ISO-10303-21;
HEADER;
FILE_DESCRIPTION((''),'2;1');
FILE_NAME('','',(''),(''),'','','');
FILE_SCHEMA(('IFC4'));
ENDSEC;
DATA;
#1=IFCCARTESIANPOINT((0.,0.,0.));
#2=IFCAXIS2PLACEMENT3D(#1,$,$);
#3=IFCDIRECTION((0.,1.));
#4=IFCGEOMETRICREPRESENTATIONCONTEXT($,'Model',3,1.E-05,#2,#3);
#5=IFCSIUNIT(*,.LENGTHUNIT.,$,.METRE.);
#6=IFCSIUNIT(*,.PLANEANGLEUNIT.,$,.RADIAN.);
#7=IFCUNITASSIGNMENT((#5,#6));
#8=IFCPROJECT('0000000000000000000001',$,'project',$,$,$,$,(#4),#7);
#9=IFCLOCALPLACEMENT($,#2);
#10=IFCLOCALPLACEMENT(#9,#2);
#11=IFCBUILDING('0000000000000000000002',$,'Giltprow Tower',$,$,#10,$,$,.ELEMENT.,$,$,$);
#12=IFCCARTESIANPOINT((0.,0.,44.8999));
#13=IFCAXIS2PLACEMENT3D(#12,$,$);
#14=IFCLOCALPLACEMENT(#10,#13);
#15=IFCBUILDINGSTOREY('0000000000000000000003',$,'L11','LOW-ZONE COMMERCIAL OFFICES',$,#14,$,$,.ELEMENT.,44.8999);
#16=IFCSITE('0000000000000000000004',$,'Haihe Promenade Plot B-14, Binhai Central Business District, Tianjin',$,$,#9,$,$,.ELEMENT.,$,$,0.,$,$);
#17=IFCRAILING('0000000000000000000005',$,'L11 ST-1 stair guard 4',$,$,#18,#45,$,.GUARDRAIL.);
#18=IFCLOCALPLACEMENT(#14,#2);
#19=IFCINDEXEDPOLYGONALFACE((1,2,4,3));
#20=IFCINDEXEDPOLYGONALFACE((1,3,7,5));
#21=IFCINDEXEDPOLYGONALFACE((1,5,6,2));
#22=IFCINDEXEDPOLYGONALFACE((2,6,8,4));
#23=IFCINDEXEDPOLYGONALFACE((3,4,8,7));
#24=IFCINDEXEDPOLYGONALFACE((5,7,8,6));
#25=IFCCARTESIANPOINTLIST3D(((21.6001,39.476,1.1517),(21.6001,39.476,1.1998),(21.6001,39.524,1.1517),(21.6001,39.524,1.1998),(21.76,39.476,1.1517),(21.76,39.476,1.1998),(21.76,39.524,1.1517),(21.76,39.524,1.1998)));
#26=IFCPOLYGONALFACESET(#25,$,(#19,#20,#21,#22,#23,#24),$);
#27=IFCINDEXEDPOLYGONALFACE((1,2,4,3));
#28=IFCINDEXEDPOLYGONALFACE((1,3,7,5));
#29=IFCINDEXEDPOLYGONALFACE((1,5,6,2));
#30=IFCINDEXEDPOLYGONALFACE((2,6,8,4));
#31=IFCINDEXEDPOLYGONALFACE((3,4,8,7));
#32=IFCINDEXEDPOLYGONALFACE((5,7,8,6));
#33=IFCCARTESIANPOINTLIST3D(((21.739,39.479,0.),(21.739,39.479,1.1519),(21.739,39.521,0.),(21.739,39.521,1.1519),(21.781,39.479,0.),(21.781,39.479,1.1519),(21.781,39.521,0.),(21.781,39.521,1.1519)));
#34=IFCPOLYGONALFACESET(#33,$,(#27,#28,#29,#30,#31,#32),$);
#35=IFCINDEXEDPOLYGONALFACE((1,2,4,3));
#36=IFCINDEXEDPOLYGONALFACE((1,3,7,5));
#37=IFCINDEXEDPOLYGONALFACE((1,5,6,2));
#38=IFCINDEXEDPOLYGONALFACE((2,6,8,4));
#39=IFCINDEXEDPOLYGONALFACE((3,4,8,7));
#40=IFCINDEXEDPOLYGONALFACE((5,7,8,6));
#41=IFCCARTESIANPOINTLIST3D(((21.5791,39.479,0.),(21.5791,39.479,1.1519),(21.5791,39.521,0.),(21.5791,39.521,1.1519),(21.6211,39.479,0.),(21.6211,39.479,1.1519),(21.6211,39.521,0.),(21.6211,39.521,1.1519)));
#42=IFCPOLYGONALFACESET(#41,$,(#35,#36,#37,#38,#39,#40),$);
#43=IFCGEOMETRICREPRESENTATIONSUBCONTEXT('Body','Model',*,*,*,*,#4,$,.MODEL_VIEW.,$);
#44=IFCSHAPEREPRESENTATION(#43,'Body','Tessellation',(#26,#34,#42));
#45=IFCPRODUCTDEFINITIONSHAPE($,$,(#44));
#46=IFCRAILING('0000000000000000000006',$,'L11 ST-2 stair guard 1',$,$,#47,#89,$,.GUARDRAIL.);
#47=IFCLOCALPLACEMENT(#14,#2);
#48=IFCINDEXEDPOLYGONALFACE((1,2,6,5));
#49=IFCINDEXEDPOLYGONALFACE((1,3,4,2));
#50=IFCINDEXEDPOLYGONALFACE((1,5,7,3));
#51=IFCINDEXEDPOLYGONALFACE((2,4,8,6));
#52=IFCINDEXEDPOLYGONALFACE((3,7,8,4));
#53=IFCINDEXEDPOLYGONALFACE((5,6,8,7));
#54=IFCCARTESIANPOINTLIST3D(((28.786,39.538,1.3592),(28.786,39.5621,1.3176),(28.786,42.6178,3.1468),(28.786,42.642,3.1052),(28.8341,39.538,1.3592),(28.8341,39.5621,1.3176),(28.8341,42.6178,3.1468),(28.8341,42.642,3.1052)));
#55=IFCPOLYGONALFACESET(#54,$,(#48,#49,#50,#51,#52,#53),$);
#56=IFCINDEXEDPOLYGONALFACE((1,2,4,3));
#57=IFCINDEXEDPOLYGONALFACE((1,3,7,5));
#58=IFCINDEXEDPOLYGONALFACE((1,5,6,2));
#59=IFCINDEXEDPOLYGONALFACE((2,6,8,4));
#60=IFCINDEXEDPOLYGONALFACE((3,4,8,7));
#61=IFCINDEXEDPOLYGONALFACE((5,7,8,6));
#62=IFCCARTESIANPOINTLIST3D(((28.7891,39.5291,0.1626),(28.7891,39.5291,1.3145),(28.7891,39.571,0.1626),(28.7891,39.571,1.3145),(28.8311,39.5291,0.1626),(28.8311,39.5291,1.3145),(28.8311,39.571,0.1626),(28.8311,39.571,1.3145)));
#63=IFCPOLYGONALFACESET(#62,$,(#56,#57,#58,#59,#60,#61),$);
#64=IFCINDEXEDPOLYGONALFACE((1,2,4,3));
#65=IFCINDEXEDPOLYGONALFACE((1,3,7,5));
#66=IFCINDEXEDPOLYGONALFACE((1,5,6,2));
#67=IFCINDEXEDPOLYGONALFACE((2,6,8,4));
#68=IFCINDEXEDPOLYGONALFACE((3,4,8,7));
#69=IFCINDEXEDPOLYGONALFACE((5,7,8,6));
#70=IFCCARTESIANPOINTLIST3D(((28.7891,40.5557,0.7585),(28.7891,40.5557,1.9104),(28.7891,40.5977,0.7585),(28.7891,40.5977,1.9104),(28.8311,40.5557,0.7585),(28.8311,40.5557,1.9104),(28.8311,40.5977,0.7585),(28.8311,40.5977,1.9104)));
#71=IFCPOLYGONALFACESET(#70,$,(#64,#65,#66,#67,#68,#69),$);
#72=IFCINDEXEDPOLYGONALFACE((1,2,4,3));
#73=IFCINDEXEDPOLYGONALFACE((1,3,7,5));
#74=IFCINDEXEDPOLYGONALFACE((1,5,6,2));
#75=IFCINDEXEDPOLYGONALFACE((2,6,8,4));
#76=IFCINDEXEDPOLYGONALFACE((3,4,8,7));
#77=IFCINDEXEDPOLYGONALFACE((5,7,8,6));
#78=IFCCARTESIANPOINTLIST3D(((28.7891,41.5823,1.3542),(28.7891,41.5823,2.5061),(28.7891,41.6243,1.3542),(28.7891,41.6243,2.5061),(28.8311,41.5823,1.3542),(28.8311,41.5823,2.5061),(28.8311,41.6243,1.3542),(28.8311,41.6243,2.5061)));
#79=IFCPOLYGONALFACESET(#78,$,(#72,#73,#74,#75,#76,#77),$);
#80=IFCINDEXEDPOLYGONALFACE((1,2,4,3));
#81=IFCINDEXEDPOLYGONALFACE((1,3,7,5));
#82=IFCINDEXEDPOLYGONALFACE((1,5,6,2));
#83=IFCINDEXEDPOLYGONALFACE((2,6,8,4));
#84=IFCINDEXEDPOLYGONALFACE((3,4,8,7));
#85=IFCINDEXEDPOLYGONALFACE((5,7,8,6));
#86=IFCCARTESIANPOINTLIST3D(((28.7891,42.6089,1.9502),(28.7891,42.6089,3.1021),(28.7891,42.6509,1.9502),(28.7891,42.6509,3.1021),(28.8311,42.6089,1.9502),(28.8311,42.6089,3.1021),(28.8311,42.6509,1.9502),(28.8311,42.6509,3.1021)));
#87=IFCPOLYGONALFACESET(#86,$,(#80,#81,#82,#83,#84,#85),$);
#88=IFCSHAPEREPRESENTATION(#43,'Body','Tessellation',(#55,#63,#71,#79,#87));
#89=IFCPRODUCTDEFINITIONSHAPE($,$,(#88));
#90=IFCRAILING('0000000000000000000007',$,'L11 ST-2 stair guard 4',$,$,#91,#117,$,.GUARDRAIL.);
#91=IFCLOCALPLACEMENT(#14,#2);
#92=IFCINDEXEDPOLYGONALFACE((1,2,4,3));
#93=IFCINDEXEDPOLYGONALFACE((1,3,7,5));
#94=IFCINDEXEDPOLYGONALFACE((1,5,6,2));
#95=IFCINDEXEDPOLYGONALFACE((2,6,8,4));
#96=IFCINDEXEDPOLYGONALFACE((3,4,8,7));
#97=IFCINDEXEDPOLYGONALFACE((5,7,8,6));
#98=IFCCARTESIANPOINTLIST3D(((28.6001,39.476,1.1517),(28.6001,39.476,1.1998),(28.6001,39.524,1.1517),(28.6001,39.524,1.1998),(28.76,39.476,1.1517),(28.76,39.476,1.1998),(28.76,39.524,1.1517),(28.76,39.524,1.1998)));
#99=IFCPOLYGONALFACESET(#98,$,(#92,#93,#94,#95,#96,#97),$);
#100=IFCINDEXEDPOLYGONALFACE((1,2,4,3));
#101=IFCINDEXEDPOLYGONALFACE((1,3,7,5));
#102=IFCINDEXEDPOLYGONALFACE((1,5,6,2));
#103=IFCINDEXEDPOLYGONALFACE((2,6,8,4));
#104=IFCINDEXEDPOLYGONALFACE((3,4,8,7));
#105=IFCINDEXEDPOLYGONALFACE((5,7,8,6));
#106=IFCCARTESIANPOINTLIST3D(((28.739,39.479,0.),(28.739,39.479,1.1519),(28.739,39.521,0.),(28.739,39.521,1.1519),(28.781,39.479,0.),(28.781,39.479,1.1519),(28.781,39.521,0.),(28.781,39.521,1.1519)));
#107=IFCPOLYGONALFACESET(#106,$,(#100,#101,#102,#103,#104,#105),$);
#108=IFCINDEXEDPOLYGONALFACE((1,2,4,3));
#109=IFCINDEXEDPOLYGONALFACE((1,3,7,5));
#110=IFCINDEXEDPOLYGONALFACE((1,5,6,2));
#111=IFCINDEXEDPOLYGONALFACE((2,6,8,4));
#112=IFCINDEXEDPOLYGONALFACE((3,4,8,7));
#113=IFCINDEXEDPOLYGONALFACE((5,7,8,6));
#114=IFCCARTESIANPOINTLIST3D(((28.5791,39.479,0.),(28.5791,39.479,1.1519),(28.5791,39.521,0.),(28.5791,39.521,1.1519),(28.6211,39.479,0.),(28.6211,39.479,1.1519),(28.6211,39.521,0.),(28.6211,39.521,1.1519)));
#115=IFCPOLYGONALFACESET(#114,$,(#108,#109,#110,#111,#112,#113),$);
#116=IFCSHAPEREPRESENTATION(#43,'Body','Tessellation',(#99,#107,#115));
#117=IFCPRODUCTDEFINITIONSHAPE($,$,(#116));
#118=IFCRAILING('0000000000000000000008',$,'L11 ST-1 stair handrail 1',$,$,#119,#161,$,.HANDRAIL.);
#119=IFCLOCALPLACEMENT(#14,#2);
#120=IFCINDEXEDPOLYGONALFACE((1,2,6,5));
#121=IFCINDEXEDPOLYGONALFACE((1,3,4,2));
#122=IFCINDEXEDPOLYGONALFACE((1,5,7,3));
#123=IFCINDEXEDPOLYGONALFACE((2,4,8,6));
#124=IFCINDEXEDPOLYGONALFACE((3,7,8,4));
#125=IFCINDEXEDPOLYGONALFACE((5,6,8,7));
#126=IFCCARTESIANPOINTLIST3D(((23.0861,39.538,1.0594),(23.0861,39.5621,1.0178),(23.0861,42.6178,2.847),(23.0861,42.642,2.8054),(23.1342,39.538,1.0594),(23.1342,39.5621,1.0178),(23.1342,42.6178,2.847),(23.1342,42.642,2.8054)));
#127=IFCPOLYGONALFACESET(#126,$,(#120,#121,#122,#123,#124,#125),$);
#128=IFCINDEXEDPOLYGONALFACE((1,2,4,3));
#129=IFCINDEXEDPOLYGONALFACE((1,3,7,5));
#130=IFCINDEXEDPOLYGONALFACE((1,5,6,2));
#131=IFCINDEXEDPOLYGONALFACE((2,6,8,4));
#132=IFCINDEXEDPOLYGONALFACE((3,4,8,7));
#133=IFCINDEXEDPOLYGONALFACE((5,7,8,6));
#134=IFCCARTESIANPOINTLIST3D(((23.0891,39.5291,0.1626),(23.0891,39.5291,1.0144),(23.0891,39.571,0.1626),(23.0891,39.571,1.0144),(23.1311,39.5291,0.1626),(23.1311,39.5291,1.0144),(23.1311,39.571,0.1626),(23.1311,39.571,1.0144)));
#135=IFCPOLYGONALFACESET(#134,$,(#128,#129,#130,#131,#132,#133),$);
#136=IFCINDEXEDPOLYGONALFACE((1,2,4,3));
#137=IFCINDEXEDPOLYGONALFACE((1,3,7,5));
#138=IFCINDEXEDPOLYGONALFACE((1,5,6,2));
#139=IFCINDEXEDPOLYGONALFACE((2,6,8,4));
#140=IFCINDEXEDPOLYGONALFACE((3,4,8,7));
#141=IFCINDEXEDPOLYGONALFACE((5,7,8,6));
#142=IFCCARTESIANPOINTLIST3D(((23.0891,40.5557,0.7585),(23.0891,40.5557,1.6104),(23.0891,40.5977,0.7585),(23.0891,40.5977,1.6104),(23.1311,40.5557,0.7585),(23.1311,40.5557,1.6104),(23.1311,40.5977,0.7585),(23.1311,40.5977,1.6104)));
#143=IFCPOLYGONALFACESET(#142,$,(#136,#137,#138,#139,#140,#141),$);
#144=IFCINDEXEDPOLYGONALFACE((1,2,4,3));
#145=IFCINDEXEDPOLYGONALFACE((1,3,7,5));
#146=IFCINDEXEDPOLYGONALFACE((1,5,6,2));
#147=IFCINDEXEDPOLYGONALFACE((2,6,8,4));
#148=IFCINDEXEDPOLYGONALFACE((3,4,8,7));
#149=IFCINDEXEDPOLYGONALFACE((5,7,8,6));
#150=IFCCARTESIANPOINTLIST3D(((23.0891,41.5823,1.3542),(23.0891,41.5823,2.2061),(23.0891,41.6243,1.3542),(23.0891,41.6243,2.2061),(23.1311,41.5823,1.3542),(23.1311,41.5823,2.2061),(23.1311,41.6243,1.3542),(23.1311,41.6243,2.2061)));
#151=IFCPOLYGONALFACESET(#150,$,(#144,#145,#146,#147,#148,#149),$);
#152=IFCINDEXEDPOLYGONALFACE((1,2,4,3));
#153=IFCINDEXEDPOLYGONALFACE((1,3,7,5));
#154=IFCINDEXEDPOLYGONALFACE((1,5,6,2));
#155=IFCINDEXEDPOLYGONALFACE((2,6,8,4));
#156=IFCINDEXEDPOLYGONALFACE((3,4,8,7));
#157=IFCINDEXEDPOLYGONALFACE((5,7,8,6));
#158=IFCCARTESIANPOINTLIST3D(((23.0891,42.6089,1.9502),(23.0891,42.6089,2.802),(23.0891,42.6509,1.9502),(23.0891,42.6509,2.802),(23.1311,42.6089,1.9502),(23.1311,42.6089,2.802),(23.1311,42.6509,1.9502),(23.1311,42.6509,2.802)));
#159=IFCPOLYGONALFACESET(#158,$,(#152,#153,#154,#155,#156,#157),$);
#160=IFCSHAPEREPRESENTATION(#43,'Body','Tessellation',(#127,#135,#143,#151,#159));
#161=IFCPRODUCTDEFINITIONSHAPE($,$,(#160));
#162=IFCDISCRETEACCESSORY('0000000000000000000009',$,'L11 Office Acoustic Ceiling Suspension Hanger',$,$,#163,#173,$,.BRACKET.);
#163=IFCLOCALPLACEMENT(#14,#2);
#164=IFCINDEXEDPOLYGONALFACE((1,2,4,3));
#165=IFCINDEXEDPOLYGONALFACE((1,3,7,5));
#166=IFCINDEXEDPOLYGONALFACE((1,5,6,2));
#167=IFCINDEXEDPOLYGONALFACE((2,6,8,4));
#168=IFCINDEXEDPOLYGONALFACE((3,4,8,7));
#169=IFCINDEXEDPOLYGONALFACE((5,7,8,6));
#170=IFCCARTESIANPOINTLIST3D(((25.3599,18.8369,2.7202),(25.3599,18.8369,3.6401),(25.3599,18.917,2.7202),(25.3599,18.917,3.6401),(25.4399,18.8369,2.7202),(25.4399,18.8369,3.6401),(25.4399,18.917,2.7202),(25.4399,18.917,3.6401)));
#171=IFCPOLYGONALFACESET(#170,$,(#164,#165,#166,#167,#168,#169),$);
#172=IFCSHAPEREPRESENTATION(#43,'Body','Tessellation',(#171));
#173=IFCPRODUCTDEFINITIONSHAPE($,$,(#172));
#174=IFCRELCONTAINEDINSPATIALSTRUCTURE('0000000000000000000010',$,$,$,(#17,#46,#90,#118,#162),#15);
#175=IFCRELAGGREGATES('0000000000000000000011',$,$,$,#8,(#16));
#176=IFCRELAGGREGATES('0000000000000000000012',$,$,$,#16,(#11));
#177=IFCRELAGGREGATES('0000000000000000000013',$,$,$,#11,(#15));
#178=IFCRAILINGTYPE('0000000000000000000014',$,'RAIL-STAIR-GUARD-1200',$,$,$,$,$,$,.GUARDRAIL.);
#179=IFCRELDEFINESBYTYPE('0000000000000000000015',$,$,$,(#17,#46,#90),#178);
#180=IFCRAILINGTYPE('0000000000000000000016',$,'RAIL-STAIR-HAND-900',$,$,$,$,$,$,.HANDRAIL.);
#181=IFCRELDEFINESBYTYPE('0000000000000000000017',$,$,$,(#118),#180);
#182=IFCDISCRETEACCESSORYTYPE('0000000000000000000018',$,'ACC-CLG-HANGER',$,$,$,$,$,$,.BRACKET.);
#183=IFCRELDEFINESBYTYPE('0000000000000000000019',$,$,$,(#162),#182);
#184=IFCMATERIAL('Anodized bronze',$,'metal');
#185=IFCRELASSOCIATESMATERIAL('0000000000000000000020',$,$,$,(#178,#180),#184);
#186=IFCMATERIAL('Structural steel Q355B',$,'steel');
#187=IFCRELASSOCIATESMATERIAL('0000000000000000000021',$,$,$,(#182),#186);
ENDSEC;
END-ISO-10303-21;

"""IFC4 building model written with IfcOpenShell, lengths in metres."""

from ifc_helpers import new_model, si_unit, direction, frame, origin, origin_2d, place, context, subcontext, project, spatial, rectangle, extrude, source, transform, mapped, material, type_object, element, save


model = new_model("IFC4")

# Units and contexts
model_context = context("Model", 3, precision=1e-05, world=origin(), true_north=direction((0.0, 1.0)))
body_context = subcontext(model_context, "Body", "Model", "MODEL_VIEW")
ifc_project = project(units=[si_unit("LENGTHUNIT", "METRE"), si_unit("PLANEANGLEUNIT", "RADIAN")], contexts=[model_context])

# Site, building, storey
site_placement = place(None, origin())
site = spatial("IfcSite", under=ifc_project, at=site_placement, Name="Haihe Promenade Plot B-14, Binhai Central Business District, Tianjin", CompositionType="ELEMENT", RefElevation=0.0)
building_placement = place(site_placement, origin())
building = spatial("IfcBuilding", under=site, at=building_placement, Name="Giltprow Tower", CompositionType="ELEMENT")
storey_placement = place(building_placement, frame((0.0, 0.0, 44.8999)))
storey = spatial("IfcBuildingStorey", under=building, at=storey_placement, Name="L11", Description="LOW-ZONE COMMERCIAL OFFICES", CompositionType="ELEMENT", Elevation=44.8999)

# Shared definitions
ifc_material_1 = material(Name="Structural steel Q355B", Category="steel")

# Railings
ifc_material_2 = material(Name="Anodized bronze", Category="metal")
railing_type_1 = type_object("IfcRailingType", Name="RAIL-STAIR-GUARD-1200", PredefinedType="GUARDRAIL", material=ifc_material_2)
railing_1_placement = place(storey_placement, frame((21.76, 39.5, 0.0)))
element("IfcRailing", 1, at=railing_1_placement, inside=storey, type_object=railing_type_1, Name="L11 ST-1 stair guard 4", PredefinedType="GUARDRAIL", context=body_context, shape_type="SweptSolid", body=[
    extrude(rectangle(XDim=0.0481, YDim=0.0481, at=origin_2d()), frame((0.0, 0.0, 1.1758), z_axis=(-1.0, 0.0, 0.0), x_axis=(0.0, -1.0, 0.0)), (0.0, 0.0, 1.0), 0.1599),
    extrude(rectangle(XDim=0.042, YDim=0.042, at=origin_2d()), origin(), (0.0, 0.0, 1.0), 1.1519),
    extrude(rectangle(XDim=0.042, YDim=0.042, at=origin_2d()), frame((-0.1599, 0.0, 0.0)), (0.0, 0.0, 1.0), 1.1519),
])
railing_2_placement = place(storey_placement, frame((28.8101, 39.55, 0.1626)))
element("IfcRailing", 2, at=railing_2_placement, inside=storey, type_object=railing_type_1, Name="L11 ST-2 stair guard 1", PredefinedType="GUARDRAIL", context=body_context, shape_type="SweptSolid", body=[
    extrude(rectangle(XDim=0.0481, YDim=0.0481, at=origin_2d()), frame((0.0, 0.0, 1.1758), z_axis=(0.0, 0.864873, 0.50199), x_axis=(-1.0, 0.0, 0.0)), (0.0, 0.0, 1.0), 3.561),
    extrude(rectangle(XDim=0.042, YDim=0.042, at=origin_2d()), origin(), (0.0, 0.0, 1.0), 1.1519),
    extrude(rectangle(XDim=0.042, YDim=0.042, at=origin_2d()), frame((0.0, 1.0266, 0.5959)), (0.0, 0.0, 1.0), 1.1519),
    extrude(rectangle(XDim=0.042, YDim=0.042, at=origin_2d()), frame((0.0, 2.0532, 1.1917)), (0.0, 0.0, 1.0), 1.1519),
    extrude(rectangle(XDim=0.042, YDim=0.042, at=origin_2d()), frame((0.0, 3.0798, 1.7876)), (0.0, 0.0, 1.0), 1.1519),
])
railing_3_placement = place(storey_placement, frame((28.76, 39.5, 0.0)))
element("IfcRailing", 3, at=railing_3_placement, inside=storey, type_object=railing_type_1, Name="L11 ST-2 stair guard 4", PredefinedType="GUARDRAIL", context=body_context, shape_type="SweptSolid", body=[
    extrude(rectangle(XDim=0.0481, YDim=0.0481, at=origin_2d()), frame((0.0, 0.0, 1.1758), z_axis=(-1.0, 0.0, 0.0), x_axis=(0.0, -1.0, 0.0)), (0.0, 0.0, 1.0), 0.1599),
    extrude(rectangle(XDim=0.042, YDim=0.042, at=origin_2d()), origin(), (0.0, 0.0, 1.0), 1.1519),
    extrude(rectangle(XDim=0.042, YDim=0.042, at=origin_2d()), frame((-0.1599, 0.0, 0.0)), (0.0, 0.0, 1.0), 1.1519),
])
railing_type_2 = type_object("IfcRailingType", Name="RAIL-STAIR-HAND-900", PredefinedType="HANDRAIL", material=ifc_material_2)
railing_4_placement = place(storey_placement, frame((23.1101, 39.55, 0.1626)))
element("IfcRailing", 4, at=railing_4_placement, inside=storey, type_object=railing_type_2, Name="L11 ST-1 stair handrail 1", PredefinedType="HANDRAIL", context=body_context, shape_type="SweptSolid", body=[
    extrude(rectangle(XDim=0.0481, YDim=0.0481, at=origin_2d()), frame((0.0, 0.0, 0.876), z_axis=(0.0, 0.864873, 0.50199), x_axis=(-1.0, 0.0, 0.0)), (0.0, 0.0, 1.0), 3.561),
    extrude(rectangle(XDim=0.042, YDim=0.042, at=origin_2d()), origin(), (0.0, 0.0, 1.0), 0.8518),
    extrude(rectangle(XDim=0.042, YDim=0.042, at=origin_2d()), frame((0.0, 1.0266, 0.5959)), (0.0, 0.0, 1.0), 0.8518),
    extrude(rectangle(XDim=0.042, YDim=0.042, at=origin_2d()), frame((0.0, 2.0532, 1.1917)), (0.0, 0.0, 1.0), 0.8518),
    extrude(rectangle(XDim=0.042, YDim=0.042, at=origin_2d()), frame((0.0, 3.0798, 1.7876)), (0.0, 0.0, 1.0), 0.8518),
])

# Discrete accessory
discrete_accessory_type = type_object("IfcDiscreteAccessoryType", Name="ACC-CLG-HANGER", PredefinedType="BRACKET", material=ifc_material_1)
shared_shape_1 = source(origin(), body_context, "Body", "SweptSolid", [
    extrude(rectangle(XDim=0.0801, YDim=0.0801, at=origin_2d()), origin(), (0.0, 0.0, 1.0), 0.9199),
])
discrete_accessory_placement = place(storey_placement, frame((25.3999, 18.877, 2.7202), z_axis=(0.0, 0.0, 1.0), x_axis=(1.0, 0.0, 0.0)))
element("IfcDiscreteAccessory", 5, at=discrete_accessory_placement, inside=storey, type_object=discrete_accessory_type, Name="L11 Office Acoustic Ceiling Suspension Hanger", PredefinedType="BRACKET", context=body_context, shape_type="MappedRepresentation", body=[
    mapped(shared_shape_1, transform((0.0, 0.0, 0.0), x_axis=(1.0, 0.0, 0.0), y_axis=(0.0, 1.0, 0.0), z_axis=(0.0, 0.0, 1.0), scale=1.0)),
])

save(model, "model.ifc")
